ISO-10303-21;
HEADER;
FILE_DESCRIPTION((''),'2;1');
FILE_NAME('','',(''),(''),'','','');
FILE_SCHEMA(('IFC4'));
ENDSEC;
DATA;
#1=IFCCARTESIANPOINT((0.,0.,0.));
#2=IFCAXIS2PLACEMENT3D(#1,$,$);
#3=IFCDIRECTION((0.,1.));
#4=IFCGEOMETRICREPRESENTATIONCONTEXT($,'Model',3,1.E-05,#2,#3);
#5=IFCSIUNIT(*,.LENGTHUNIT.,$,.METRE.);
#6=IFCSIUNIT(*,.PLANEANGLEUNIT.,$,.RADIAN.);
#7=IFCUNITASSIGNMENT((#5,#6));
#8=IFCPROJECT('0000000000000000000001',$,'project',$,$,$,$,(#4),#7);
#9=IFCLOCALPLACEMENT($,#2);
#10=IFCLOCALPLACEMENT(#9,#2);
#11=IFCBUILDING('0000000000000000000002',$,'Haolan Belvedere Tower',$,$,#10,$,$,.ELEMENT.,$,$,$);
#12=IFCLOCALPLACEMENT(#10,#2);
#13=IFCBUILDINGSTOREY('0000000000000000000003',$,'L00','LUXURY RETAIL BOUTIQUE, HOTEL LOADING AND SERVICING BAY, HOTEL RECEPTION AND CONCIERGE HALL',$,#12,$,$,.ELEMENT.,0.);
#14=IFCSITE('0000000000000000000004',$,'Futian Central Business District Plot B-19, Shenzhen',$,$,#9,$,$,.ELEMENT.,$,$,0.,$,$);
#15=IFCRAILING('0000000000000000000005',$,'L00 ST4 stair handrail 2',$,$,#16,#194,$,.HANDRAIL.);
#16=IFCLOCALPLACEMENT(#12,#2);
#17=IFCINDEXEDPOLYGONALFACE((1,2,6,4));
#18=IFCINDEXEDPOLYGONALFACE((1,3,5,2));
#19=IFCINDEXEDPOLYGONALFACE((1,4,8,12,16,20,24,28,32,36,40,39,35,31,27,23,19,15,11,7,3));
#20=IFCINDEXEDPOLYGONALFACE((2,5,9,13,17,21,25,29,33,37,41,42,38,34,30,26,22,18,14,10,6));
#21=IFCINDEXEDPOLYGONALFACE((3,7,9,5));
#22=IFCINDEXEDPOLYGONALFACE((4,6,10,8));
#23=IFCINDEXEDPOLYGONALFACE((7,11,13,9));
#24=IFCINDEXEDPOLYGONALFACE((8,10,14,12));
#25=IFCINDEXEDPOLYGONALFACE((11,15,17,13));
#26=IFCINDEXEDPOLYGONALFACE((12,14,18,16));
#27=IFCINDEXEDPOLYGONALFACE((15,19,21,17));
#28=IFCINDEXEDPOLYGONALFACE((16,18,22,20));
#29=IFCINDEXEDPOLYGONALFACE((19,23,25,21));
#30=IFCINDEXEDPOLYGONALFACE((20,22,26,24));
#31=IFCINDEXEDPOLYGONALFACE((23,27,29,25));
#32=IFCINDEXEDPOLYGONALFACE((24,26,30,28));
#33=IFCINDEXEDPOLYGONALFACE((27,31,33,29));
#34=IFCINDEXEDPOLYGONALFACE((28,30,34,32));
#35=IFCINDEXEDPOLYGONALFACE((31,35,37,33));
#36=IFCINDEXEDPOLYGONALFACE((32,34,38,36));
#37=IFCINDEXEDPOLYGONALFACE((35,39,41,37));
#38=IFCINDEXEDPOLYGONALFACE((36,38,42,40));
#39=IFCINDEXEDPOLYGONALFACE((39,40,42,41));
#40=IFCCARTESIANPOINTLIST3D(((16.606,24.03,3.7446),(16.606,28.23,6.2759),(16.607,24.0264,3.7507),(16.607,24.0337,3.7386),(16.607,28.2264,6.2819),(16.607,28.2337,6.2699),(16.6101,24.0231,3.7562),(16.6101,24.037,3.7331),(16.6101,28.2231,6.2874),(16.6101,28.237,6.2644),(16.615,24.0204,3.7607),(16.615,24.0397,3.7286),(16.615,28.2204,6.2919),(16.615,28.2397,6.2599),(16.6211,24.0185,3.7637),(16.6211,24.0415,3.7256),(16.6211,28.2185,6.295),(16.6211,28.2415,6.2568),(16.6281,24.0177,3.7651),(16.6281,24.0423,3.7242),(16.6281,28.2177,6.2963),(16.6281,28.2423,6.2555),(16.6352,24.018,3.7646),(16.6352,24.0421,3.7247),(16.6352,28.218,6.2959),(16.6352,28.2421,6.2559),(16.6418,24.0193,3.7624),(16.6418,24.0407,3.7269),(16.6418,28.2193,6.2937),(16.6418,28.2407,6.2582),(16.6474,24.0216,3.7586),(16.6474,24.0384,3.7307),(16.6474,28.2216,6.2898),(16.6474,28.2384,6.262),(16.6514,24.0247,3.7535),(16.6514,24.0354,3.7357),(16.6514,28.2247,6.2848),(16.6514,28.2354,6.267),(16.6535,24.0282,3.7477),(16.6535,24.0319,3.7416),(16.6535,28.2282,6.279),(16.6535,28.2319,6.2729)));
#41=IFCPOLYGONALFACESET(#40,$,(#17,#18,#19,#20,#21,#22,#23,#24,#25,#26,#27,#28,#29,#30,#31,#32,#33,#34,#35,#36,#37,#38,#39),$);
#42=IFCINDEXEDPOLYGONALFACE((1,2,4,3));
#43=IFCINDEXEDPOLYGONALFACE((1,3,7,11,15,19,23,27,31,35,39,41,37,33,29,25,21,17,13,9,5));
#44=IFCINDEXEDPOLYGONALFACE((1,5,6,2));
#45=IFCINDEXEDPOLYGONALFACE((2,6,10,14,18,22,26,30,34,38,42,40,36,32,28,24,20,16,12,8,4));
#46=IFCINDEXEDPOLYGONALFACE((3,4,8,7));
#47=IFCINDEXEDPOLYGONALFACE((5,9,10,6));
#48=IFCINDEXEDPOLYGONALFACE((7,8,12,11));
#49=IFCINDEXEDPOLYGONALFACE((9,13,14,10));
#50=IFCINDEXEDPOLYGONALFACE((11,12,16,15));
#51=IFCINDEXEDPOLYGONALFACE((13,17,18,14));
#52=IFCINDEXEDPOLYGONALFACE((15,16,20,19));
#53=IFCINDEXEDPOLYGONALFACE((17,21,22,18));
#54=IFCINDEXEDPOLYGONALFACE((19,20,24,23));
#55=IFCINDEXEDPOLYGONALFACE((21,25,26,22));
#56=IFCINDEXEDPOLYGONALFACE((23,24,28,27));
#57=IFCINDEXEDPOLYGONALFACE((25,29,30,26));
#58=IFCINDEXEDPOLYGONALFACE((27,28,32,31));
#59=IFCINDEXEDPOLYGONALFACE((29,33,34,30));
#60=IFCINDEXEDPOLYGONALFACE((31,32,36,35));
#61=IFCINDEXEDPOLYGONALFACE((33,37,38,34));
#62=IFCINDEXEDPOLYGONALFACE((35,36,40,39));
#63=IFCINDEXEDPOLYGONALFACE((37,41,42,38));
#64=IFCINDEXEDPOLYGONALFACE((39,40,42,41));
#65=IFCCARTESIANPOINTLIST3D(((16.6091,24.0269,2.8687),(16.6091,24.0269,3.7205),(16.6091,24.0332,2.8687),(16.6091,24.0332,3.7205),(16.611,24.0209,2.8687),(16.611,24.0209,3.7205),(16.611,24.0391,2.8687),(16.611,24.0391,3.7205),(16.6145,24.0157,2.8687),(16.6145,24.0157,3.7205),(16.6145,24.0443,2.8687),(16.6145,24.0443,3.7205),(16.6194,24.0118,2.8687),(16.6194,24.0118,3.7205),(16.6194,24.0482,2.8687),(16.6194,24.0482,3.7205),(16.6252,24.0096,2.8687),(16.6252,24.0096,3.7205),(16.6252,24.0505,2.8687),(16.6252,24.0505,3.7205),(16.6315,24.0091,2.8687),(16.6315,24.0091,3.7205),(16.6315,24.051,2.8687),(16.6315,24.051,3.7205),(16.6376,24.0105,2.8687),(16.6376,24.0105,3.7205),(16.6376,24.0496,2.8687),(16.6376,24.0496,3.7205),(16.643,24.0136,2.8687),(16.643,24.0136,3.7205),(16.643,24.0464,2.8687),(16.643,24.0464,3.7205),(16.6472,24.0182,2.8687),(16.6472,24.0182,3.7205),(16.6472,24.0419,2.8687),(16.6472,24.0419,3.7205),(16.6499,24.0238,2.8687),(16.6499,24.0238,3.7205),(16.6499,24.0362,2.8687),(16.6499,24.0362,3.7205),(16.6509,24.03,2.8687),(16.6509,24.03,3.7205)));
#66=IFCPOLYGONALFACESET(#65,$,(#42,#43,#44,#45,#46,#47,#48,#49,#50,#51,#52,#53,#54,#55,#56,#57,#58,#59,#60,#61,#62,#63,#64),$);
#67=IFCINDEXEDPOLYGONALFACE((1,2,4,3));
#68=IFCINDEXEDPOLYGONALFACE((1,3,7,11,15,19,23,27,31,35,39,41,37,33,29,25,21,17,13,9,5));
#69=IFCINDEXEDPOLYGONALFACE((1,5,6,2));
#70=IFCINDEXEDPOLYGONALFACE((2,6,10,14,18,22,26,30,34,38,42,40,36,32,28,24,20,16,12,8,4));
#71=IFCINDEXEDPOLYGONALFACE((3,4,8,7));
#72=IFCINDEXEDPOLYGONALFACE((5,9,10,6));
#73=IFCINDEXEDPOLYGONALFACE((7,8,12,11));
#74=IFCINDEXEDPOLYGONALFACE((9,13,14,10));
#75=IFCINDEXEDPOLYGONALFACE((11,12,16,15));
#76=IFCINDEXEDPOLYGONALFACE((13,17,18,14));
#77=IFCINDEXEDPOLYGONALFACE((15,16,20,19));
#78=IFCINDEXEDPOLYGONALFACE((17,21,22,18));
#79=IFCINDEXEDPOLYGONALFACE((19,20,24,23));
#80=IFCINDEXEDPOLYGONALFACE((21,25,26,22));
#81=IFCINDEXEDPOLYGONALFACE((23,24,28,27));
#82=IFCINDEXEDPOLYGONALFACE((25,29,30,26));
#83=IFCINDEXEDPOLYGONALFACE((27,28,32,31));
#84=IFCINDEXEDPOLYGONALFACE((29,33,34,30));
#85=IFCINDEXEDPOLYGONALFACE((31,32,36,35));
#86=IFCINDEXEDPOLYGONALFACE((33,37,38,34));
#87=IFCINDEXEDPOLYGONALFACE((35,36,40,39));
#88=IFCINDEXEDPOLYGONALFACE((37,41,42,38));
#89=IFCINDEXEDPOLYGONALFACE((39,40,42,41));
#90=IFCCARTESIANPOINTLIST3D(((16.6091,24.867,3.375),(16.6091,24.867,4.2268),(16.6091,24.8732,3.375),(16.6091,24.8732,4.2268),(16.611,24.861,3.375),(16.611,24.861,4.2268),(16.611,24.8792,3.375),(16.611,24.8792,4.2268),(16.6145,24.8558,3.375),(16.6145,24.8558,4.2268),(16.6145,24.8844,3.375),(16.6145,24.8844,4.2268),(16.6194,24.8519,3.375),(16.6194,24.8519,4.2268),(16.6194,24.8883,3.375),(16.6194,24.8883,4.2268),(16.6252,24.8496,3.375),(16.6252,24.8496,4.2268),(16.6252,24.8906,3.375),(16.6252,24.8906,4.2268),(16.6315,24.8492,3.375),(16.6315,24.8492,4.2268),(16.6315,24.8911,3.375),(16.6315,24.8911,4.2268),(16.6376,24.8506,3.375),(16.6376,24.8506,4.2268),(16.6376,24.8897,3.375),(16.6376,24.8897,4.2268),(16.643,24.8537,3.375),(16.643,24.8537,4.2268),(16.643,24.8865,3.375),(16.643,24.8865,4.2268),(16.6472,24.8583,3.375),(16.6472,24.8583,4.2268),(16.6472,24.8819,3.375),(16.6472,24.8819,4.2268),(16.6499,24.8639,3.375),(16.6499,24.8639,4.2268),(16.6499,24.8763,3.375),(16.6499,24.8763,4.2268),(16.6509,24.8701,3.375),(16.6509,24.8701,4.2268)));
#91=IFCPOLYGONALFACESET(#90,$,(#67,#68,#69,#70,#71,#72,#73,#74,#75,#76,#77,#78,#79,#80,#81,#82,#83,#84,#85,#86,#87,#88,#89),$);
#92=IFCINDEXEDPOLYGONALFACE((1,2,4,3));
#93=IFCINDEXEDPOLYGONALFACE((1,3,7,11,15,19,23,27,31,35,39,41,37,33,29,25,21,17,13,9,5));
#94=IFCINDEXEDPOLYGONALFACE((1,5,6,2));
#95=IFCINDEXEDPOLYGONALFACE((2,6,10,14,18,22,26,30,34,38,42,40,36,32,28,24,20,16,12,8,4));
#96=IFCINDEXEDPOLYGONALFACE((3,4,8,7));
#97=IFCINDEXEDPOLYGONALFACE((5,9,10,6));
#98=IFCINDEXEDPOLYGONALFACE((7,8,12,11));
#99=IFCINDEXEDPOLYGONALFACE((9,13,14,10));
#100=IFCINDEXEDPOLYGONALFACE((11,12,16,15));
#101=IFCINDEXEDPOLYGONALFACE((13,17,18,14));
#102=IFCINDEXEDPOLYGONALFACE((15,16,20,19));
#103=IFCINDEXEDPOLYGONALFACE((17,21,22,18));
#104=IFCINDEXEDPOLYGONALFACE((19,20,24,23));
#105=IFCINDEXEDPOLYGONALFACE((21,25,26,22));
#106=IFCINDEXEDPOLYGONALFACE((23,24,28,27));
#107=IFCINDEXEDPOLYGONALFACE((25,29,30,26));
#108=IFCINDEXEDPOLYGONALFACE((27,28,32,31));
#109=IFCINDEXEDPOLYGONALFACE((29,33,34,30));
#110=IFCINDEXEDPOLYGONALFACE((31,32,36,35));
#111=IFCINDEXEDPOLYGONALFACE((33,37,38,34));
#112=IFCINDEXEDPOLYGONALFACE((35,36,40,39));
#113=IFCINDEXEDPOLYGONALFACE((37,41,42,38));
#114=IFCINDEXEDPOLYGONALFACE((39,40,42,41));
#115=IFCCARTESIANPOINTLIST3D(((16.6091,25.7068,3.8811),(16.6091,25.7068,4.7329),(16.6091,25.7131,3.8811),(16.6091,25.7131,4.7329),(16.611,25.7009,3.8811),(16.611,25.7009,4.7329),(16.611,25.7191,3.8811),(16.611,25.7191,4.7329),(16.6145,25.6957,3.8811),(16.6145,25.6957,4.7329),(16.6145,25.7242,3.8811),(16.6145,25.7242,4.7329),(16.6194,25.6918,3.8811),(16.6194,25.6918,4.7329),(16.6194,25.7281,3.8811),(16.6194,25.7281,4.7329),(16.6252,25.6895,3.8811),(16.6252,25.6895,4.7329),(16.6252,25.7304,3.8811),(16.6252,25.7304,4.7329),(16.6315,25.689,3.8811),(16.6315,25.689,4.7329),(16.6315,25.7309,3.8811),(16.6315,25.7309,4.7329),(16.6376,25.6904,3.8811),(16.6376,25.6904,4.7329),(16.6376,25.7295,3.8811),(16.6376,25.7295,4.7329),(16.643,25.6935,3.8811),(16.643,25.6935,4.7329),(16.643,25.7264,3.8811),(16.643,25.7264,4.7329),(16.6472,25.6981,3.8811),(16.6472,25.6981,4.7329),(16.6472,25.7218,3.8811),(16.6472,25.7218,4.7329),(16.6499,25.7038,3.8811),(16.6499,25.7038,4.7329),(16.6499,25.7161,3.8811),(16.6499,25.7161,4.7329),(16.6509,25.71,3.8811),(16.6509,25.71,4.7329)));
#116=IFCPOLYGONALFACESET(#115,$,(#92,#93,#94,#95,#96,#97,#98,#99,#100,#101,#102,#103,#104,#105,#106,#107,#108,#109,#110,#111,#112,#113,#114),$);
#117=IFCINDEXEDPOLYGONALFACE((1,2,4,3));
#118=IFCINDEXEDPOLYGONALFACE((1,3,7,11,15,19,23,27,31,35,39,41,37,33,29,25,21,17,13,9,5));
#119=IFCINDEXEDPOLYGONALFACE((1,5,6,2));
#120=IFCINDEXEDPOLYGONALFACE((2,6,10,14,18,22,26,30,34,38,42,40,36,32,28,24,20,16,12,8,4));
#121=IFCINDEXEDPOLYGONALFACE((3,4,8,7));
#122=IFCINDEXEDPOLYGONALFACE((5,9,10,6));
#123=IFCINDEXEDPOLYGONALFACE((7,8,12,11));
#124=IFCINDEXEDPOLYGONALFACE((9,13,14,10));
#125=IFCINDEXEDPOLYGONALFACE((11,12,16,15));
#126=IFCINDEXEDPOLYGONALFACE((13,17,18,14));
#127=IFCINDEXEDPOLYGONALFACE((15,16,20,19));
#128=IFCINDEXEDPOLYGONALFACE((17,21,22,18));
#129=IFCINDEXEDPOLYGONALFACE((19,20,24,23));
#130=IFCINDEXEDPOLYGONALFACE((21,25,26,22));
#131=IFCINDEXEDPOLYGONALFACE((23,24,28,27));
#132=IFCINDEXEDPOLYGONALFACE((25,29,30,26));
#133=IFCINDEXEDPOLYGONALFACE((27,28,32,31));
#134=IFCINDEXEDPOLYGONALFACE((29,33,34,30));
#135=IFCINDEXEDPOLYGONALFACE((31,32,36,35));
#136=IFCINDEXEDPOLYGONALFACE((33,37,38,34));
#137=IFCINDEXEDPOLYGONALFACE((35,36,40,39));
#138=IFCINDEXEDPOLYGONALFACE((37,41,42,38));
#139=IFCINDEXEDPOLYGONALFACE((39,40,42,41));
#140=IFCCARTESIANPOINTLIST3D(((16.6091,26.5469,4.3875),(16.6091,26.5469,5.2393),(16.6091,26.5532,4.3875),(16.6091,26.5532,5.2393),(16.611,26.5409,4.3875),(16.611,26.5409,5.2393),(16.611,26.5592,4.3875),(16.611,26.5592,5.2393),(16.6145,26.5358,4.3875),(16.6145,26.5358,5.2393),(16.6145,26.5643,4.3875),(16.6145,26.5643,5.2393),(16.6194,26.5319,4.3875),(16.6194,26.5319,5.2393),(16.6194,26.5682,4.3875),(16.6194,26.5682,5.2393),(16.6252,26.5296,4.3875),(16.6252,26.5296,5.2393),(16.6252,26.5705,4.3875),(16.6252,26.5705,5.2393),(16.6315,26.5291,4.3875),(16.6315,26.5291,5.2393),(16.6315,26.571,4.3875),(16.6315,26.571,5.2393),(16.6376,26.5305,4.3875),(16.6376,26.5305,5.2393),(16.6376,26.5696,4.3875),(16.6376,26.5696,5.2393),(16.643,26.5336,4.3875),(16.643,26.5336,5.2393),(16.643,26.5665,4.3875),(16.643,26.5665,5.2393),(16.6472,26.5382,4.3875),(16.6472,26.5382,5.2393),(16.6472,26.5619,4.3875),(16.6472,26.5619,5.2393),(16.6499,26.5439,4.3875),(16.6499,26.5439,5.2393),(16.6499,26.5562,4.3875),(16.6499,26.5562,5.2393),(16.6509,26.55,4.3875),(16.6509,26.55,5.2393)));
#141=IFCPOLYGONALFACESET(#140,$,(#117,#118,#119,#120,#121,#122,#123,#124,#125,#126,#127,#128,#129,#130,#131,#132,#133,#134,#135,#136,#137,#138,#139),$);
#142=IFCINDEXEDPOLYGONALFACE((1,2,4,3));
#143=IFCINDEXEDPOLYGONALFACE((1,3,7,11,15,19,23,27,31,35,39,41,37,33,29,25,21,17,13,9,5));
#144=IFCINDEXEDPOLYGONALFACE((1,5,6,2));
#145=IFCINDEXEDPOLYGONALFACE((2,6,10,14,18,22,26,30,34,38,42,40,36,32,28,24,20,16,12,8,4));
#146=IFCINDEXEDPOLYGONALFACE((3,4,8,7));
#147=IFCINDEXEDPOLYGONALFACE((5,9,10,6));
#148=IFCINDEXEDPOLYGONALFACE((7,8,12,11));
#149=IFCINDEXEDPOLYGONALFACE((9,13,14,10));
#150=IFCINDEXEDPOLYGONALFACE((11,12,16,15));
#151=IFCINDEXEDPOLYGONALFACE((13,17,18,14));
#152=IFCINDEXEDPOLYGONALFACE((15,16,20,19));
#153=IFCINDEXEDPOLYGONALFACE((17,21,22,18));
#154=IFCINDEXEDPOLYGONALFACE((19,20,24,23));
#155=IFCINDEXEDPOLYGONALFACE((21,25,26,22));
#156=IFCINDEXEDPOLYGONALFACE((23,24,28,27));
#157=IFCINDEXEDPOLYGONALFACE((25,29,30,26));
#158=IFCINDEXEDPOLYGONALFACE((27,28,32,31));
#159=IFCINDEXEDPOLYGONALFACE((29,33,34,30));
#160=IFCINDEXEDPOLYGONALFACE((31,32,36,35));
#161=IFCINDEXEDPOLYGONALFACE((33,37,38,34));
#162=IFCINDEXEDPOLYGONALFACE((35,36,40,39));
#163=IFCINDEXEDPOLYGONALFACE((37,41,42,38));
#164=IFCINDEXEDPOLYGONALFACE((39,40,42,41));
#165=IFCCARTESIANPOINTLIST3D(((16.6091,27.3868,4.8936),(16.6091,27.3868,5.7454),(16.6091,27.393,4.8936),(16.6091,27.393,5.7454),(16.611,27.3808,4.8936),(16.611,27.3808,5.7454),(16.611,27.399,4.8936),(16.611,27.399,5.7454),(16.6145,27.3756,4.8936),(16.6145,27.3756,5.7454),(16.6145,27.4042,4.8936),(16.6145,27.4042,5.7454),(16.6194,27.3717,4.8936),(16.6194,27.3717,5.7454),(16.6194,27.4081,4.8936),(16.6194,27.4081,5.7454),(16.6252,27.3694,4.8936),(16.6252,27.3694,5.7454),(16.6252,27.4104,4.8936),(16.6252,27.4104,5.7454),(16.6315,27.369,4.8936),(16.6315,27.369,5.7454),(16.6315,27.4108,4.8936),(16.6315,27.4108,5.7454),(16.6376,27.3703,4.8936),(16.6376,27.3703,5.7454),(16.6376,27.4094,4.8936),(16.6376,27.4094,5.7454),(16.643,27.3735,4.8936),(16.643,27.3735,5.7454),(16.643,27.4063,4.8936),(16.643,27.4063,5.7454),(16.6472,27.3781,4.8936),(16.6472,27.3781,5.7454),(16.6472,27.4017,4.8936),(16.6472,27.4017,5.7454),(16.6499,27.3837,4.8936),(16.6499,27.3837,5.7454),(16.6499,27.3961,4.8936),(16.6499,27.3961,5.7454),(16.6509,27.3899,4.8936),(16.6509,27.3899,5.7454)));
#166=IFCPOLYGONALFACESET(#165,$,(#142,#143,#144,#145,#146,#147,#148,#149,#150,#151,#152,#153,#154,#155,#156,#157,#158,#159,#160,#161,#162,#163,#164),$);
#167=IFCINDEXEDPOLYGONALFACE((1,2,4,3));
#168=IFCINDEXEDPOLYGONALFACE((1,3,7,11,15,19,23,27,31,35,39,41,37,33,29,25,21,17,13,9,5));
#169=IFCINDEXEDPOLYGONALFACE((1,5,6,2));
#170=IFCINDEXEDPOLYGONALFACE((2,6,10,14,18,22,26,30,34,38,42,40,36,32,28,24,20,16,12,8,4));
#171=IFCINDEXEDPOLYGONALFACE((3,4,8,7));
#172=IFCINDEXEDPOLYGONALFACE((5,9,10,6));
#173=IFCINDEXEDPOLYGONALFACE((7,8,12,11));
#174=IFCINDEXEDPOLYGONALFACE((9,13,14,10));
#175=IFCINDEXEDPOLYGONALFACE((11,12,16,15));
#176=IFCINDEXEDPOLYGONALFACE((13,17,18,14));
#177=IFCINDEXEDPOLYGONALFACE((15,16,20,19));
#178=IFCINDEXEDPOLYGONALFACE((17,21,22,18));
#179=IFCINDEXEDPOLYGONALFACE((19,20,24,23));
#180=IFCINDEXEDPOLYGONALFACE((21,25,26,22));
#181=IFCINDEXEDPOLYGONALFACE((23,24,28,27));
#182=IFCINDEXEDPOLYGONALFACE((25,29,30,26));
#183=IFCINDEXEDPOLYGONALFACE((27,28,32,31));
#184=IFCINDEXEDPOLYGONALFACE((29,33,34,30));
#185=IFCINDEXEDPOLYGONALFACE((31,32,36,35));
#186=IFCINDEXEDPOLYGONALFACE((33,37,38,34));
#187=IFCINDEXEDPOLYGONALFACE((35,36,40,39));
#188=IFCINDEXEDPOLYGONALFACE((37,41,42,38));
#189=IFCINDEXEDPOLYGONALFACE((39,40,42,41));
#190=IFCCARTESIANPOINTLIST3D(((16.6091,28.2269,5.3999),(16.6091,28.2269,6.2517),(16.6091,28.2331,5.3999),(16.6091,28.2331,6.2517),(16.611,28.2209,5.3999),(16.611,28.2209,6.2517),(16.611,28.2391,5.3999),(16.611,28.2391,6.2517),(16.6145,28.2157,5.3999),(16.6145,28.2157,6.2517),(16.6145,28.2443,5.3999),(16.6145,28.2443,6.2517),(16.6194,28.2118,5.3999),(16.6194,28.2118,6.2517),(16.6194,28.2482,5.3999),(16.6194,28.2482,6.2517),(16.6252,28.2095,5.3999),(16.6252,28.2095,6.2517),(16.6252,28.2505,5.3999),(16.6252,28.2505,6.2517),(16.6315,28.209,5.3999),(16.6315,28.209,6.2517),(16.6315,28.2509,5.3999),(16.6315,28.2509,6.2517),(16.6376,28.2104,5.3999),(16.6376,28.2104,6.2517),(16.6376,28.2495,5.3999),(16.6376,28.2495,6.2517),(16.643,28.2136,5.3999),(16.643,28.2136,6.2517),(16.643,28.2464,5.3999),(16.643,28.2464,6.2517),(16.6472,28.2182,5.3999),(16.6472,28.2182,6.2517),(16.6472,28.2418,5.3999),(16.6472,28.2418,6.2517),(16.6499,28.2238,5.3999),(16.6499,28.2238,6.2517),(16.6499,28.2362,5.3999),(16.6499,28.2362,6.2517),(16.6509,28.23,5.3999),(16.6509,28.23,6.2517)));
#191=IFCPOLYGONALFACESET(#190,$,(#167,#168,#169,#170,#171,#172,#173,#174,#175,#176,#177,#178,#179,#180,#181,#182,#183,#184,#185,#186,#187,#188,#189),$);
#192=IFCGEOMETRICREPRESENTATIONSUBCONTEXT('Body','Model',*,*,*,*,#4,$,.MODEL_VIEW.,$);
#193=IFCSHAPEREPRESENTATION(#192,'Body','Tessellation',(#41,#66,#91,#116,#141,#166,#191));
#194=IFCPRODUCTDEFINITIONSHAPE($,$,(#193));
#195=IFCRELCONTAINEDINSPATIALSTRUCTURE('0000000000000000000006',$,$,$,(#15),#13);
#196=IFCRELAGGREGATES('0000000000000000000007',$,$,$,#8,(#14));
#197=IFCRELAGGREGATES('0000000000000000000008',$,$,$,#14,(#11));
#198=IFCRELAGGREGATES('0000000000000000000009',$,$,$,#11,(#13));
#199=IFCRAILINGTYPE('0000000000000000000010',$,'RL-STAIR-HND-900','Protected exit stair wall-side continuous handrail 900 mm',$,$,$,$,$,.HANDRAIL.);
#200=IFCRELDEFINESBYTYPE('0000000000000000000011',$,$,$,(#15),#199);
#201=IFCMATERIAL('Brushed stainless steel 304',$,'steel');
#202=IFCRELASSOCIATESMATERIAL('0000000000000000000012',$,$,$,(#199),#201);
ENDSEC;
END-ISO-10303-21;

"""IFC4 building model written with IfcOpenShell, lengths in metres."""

from ifc_helpers import new_model, si_unit, direction, frame, origin, origin_2d, place, context, subcontext, project, spatial, circle, extrude, material, type_object, element, save


model = new_model("IFC4")

# Units and contexts
model_context = context("Model", 3, precision=1e-05, world=origin(), true_north=direction((0.0, 1.0)))
body_context = subcontext(model_context, "Body", "Model", "MODEL_VIEW")
ifc_project = project(units=[si_unit("LENGTHUNIT", "METRE"), si_unit("PLANEANGLEUNIT", "RADIAN")], contexts=[model_context])

# Site, building, storey
site_placement = place(None, origin())
site = spatial("IfcSite", under=ifc_project, at=site_placement, Name="Futian Central Business District Plot B-19, Shenzhen", CompositionType="ELEMENT", RefElevation=0.0)
building_placement = place(site_placement, origin())
building = spatial("IfcBuilding", under=site, at=building_placement, Name="Haolan Belvedere Tower", CompositionType="ELEMENT")
storey_placement = place(building_placement, origin())
storey = spatial("IfcBuildingStorey", under=building, at=storey_placement, Name="L00", Description="LUXURY RETAIL BOUTIQUE, HOTEL LOADING AND SERVICING BAY, HOTEL RECEPTION AND CONCIERGE HALL", CompositionType="ELEMENT", Elevation=0.0)

# Railing
ifc_material_1 = material(Name="Brushed stainless steel 304", Category="steel")
railing_type_1 = type_object("IfcRailingType", Name="RL-STAIR-HND-900", Description="Protected exit stair wall-side continuous handrail 900 mm", PredefinedType="HANDRAIL", material=ifc_material_1)
railing_1_placement = place(storey_placement, frame((16.6299, 24.03, 2.8687)))
element("IfcRailing", 1, at=railing_1_placement, inside=storey, type_object=railing_type_1, Name="L00 ST4 stair handrail 2", PredefinedType="HANDRAIL", context=body_context, shape_type="SweptSolid", body=[
    extrude(circle(Radius=0.0239, at=origin_2d()), frame((0.0, 0.0, 0.876), z_axis=(0.0, 0.856476, 0.516186), x_axis=(-1.0, 0.0, 0.0)), (0.0, 0.0, 1.0), 4.9038),
    extrude(circle(Radius=0.021, at=origin_2d()), origin(), (0.0, 0.0, 1.0), 0.8518),
    extrude(circle(Radius=0.021, at=origin_2d()), frame((0.0, 0.8401, 0.5063)), (0.0, 0.0, 1.0), 0.8518),
    extrude(circle(Radius=0.021, at=origin_2d()), frame((0.0, 1.6799, 1.0125)), (0.0, 0.0, 1.0), 0.8518),
    extrude(circle(Radius=0.021, at=origin_2d()), frame((0.0, 2.52, 1.5188)), (0.0, 0.0, 1.0), 0.8518),
    extrude(circle(Radius=0.021, at=origin_2d()), frame((0.0, 3.3599, 2.0249)), (0.0, 0.0, 1.0), 0.8518),
    extrude(circle(Radius=0.021, at=origin_2d()), frame((0.0, 4.2, 2.5312)), (0.0, 0.0, 1.0), 0.8518),
])

save(model, "model.ifc")
